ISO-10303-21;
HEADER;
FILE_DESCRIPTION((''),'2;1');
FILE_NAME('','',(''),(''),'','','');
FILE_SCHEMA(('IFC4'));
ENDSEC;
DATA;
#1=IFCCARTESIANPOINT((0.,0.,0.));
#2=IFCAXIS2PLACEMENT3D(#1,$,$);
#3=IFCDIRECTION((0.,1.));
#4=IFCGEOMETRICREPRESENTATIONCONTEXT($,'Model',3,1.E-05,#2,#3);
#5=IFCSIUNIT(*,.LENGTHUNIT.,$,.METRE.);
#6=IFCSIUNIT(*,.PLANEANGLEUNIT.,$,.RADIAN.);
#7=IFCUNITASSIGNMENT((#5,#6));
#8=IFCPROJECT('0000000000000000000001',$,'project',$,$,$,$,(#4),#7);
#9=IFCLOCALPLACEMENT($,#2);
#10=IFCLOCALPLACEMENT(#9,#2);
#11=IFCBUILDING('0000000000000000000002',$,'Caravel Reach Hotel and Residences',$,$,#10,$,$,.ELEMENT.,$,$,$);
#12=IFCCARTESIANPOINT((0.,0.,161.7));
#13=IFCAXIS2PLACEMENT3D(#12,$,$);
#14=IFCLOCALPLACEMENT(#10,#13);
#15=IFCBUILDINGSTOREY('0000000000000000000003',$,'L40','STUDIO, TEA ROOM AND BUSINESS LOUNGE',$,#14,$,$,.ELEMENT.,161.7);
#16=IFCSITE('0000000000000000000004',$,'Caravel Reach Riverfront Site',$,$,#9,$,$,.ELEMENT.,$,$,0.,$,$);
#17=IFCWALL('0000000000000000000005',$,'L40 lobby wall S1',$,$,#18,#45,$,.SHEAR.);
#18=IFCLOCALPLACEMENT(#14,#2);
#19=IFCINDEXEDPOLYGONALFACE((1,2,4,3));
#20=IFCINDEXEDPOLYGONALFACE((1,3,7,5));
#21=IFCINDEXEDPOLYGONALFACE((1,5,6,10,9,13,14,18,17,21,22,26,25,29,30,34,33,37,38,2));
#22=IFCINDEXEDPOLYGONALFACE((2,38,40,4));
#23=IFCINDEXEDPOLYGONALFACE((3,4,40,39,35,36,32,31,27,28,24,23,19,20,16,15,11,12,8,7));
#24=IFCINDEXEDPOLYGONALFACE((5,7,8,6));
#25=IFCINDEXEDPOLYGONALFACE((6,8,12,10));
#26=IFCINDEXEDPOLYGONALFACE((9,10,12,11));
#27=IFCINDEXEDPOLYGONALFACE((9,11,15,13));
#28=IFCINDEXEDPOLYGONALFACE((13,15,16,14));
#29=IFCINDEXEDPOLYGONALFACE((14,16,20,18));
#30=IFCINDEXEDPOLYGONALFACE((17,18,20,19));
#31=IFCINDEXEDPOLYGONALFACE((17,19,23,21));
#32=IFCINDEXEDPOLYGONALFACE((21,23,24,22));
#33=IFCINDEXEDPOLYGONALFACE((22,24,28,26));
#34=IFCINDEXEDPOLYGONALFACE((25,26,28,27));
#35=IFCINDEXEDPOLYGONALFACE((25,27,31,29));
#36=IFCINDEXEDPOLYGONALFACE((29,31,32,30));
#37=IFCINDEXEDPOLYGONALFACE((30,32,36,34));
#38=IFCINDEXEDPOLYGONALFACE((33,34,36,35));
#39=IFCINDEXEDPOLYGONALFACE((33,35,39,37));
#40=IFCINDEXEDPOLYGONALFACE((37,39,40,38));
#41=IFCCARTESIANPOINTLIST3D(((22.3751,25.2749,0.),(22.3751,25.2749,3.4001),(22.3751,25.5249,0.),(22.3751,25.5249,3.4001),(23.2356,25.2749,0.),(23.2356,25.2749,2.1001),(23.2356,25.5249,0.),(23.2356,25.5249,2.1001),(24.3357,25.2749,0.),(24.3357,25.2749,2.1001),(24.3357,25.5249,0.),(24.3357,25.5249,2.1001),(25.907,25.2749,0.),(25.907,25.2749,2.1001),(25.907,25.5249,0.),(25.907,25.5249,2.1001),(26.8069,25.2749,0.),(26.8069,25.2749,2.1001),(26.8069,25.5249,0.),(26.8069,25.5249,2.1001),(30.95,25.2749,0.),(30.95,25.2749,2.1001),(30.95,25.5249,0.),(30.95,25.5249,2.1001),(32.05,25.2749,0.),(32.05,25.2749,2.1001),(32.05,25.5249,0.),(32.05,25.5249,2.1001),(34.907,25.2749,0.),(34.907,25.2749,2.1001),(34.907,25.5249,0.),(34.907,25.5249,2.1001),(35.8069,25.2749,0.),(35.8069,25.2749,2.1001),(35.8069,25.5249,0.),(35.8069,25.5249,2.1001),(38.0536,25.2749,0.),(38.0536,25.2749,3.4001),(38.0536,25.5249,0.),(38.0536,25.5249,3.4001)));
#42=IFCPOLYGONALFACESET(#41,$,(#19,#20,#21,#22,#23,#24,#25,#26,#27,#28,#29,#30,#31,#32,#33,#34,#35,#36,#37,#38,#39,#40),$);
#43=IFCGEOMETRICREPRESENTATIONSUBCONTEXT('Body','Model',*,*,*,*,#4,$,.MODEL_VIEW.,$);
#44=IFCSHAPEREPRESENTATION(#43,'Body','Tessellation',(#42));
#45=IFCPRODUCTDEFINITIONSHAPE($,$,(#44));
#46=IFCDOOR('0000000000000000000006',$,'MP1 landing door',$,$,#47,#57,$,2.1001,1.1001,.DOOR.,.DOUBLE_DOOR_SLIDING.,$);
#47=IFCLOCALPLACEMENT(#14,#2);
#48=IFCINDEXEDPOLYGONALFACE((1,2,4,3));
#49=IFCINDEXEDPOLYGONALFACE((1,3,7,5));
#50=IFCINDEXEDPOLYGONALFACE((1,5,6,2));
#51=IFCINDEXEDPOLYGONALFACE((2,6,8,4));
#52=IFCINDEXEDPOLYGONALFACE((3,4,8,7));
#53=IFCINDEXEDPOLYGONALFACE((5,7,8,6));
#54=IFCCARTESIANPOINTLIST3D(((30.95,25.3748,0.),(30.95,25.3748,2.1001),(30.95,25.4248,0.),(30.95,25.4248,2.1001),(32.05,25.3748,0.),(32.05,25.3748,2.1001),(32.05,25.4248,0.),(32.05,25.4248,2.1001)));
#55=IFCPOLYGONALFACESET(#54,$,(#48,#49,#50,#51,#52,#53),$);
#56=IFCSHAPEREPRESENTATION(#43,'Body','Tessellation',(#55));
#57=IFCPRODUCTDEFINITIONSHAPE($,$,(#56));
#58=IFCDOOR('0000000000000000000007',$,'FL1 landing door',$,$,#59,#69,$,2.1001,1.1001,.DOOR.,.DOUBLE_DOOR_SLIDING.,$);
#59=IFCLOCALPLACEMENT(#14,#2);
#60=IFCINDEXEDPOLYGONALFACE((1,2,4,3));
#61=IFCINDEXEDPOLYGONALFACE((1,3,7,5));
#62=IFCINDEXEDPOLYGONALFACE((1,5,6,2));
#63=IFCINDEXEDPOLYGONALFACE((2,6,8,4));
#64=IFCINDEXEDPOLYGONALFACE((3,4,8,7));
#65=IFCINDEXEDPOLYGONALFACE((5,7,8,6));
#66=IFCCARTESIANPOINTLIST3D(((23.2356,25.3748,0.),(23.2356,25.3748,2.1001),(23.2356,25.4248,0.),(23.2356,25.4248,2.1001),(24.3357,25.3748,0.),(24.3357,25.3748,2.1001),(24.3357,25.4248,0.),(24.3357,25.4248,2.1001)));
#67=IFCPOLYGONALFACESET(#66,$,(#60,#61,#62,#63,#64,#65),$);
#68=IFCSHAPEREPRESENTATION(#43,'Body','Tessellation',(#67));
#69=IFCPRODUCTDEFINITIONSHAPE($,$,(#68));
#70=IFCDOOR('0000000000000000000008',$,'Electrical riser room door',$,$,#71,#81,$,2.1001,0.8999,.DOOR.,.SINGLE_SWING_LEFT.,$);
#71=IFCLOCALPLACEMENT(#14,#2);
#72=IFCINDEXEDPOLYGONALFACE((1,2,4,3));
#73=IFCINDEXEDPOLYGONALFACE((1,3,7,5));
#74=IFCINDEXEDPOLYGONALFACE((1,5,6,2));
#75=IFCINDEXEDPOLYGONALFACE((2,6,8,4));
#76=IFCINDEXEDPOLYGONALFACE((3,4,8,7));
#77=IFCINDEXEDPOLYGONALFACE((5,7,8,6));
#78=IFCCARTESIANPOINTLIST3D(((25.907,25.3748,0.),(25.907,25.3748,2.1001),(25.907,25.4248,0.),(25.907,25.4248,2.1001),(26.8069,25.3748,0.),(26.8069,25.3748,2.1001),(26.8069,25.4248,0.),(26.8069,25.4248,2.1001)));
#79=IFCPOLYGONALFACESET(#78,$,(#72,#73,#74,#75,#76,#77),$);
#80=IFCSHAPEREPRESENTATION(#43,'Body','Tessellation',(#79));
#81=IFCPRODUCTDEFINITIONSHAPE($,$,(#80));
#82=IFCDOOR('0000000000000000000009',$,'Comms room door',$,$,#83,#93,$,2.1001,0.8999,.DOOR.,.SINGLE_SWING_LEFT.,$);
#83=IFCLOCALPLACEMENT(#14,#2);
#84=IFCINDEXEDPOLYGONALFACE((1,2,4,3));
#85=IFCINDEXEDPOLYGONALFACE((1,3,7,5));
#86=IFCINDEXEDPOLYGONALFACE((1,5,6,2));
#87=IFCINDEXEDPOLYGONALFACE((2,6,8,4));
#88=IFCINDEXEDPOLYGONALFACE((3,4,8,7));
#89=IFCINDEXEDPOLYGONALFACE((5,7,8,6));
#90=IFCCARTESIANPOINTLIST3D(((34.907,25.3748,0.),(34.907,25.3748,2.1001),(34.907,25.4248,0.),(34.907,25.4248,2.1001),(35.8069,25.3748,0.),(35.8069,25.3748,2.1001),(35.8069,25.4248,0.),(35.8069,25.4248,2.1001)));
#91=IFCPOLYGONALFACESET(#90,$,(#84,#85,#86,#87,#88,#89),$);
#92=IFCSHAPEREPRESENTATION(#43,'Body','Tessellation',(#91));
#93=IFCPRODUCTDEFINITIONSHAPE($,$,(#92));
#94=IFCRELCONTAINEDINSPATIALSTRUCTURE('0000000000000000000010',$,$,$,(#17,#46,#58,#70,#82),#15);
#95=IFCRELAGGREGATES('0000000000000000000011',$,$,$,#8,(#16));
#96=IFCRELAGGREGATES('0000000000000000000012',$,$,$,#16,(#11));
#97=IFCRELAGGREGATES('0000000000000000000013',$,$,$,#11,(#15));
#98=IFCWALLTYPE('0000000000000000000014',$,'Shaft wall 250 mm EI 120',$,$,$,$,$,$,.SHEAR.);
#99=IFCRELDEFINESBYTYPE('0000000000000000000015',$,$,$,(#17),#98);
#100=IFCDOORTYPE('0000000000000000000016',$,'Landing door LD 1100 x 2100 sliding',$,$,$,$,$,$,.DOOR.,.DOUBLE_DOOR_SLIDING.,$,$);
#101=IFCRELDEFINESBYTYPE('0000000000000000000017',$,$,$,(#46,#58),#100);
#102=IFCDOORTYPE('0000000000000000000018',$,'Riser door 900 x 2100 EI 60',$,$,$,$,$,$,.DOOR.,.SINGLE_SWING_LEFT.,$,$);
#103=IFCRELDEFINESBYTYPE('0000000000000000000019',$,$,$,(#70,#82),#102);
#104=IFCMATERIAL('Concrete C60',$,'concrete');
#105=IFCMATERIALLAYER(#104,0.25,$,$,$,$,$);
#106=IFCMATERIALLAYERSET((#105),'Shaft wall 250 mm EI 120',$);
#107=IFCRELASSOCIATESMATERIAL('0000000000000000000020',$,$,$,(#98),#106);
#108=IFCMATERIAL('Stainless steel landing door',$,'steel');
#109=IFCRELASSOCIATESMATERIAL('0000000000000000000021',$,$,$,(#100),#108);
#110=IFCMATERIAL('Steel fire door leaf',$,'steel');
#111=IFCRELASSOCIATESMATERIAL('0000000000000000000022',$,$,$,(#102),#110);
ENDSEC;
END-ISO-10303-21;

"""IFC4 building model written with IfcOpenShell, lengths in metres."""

from ifc_helpers import new_model, si_unit, direction, frame, frame_2d, origin, place, context, subcontext, project, spatial, rectangle, extrude, material, layer, layer_set, type_object, element, fill, save


model = new_model("IFC4")

# Units and contexts
model_context = context("Model", 3, precision=1e-05, world=origin(), true_north=direction((0.0, 1.0)))
body_context = subcontext(model_context, "Body", "Model", "MODEL_VIEW")
ifc_project = project(units=[si_unit("LENGTHUNIT", "METRE"), si_unit("PLANEANGLEUNIT", "RADIAN")], contexts=[model_context])

# Site, building, storey
site_placement = place(None, origin())
site = spatial("IfcSite", under=ifc_project, at=site_placement, Name="Caravel Reach Riverfront Site", CompositionType="ELEMENT", RefElevation=0.0)
building_placement = place(site_placement, origin())
building = spatial("IfcBuilding", under=site, at=building_placement, Name="Caravel Reach Hotel and Residences", CompositionType="ELEMENT")
storey_placement = place(building_placement, frame((0.0, 0.0, 161.7)))
storey = spatial("IfcBuildingStorey", under=building, at=storey_placement, Name="L40", Description="STUDIO, TEA ROOM AND BUSINESS LOUNGE", CompositionType="ELEMENT", Elevation=161.7)

# Wall, openings, doors
ifc_material_1 = material(Name="Concrete C60", Category="concrete")
ifc_layer_1 = layer(ifc_material_1, 0.25)
ifc_layer_set_1 = layer_set([ifc_layer_1], Name="Shaft wall 250 mm EI 120")
wall_type_1 = type_object("IfcWallType", Name="Shaft wall 250 mm EI 120", PredefinedType="SHEAR", material=ifc_layer_set_1)
wall_1_placement = place(storey_placement, frame((22.375, 25.3999, 0.0), z_axis=(0.0, 0.0, 1.0), x_axis=(1.0, 0.0, 0.0)))
wall_1 = element("IfcWall", 1, at=wall_1_placement, inside=storey, type_object=wall_type_1, Name="L40 lobby wall S1", PredefinedType="SHEAR", context=body_context, shape_type="SweptSolid", body=[
    extrude(rectangle(XDim=15.6785, YDim=0.25, at=frame_2d((7.8394, 0.0))), origin(), (0.0, 0.0, 1.0), 3.4001),
])
opening_1_placement = place(wall_1_placement, frame((8.575, 0.0, 0.0)))
opening_1 = element("IfcOpeningElement", 2, at=opening_1_placement, cuts=wall_1, PredefinedType="OPENING", context=body_context, shape_type="SweptSolid", body=[
    extrude(rectangle(XDim=1.1001, YDim=2.1001, at=frame_2d((0.55, 1.05))), frame((0.0, 0.135, 0.0), z_axis=(0.0, -1.0, 0.0), x_axis=(1.0, 0.0, 0.0)), (0.0, 0.0, 1.0), 0.27),
])
opening_2_placement = place(wall_1_placement, frame((0.8606, 0.0, 0.0)))
opening_2 = element("IfcOpeningElement", 3, at=opening_2_placement, cuts=wall_1, PredefinedType="OPENING", context=body_context, shape_type="SweptSolid", body=[
    extrude(rectangle(XDim=1.1001, YDim=2.1001, at=frame_2d((0.55, 1.05))), frame((0.0, 0.135, 0.0), z_axis=(0.0, -1.0, 0.0), x_axis=(1.0, 0.0, 0.0)), (0.0, 0.0, 1.0), 0.27),
])
opening_3_placement = place(wall_1_placement, frame((3.532, 0.0, 0.0)))
opening_3 = element("IfcOpeningElement", 4, at=opening_3_placement, cuts=wall_1, PredefinedType="OPENING", context=body_context, shape_type="SweptSolid", body=[
    extrude(rectangle(XDim=0.8999, YDim=2.1001, at=frame_2d((0.45, 1.05))), frame((0.0, 0.135, 0.0), z_axis=(0.0, -1.0, 0.0), x_axis=(1.0, 0.0, 0.0)), (0.0, 0.0, 1.0), 0.27),
])
opening_4_placement = place(wall_1_placement, frame((12.532, 0.0, 0.0)))
opening_4 = element("IfcOpeningElement", 5, at=opening_4_placement, cuts=wall_1, PredefinedType="OPENING", context=body_context, shape_type="SweptSolid", body=[
    extrude(rectangle(XDim=0.8999, YDim=2.1001, at=frame_2d((0.45, 1.05))), frame((0.0, 0.135, 0.0), z_axis=(0.0, -1.0, 0.0), x_axis=(1.0, 0.0, 0.0)), (0.0, 0.0, 1.0), 0.27),
])
ifc_material_2 = material(Name="Stainless steel landing door", Category="steel")
door_type_1 = type_object("IfcDoorType", Name="Landing door LD 1100 x 2100 sliding", OperationType="DOUBLE_DOOR_SLIDING", PredefinedType="DOOR", material=ifc_material_2)
door_1_placement = place(opening_1_placement, origin())
door_1 = element("IfcDoor", 6, at=door_1_placement, inside=storey, type_object=door_type_1, Name="MP1 landing door", OperationType="DOUBLE_DOOR_SLIDING", OverallHeight=2.1001, OverallWidth=1.1001, PredefinedType="DOOR", context=body_context, shape_type="SweptSolid", body=[
    extrude(rectangle(XDim=1.1001, YDim=2.1001, at=frame_2d((0.55, 1.05))), frame((0.0, 0.0249, 0.0), z_axis=(0.0, -1.0, 0.0), x_axis=(1.0, 0.0, 0.0)), (0.0, 0.0, 1.0), 0.05),
])
fill(opening_1, door_1)
door_2_placement = place(opening_2_placement, origin())
door_2 = element("IfcDoor", 7, at=door_2_placement, inside=storey, type_object=door_type_1, Name="FL1 landing door", OperationType="DOUBLE_DOOR_SLIDING", OverallHeight=2.1001, OverallWidth=1.1001, PredefinedType="DOOR", context=body_context, shape_type="SweptSolid", body=[
    extrude(rectangle(XDim=1.1001, YDim=2.1001, at=frame_2d((0.55, 1.05))), frame((0.0, 0.0249, 0.0), z_axis=(0.0, -1.0, 0.0), x_axis=(1.0, 0.0, 0.0)), (0.0, 0.0, 1.0), 0.05),
])
fill(opening_2, door_2)
ifc_material_3 = material(Name="Steel fire door leaf", Category="steel")
door_type_2 = type_object("IfcDoorType", Name="Riser door 900 x 2100 EI 60", OperationType="SINGLE_SWING_LEFT", PredefinedType="DOOR", material=ifc_material_3)
door_3_placement = place(opening_3_placement, origin())
door_3 = element("IfcDoor", 8, at=door_3_placement, inside=storey, type_object=door_type_2, Name="Electrical riser room door", OperationType="SINGLE_SWING_LEFT", OverallHeight=2.1001, OverallWidth=0.8999, PredefinedType="DOOR", context=body_context, shape_type="SweptSolid", body=[
    extrude(rectangle(XDim=0.8999, YDim=2.1001, at=frame_2d((0.45, 1.05))), frame((0.0, 0.0249, 0.0), z_axis=(0.0, -1.0, 0.0), x_axis=(1.0, 0.0, 0.0)), (0.0, 0.0, 1.0), 0.05),
])
fill(opening_3, door_3)
door_4_placement = place(opening_4_placement, origin())
door_4 = element("IfcDoor", 9, at=door_4_placement, inside=storey, type_object=door_type_2, Name="Comms room door", OperationType="SINGLE_SWING_LEFT", OverallHeight=2.1001, OverallWidth=0.8999, PredefinedType="DOOR", context=body_context, shape_type="SweptSolid", body=[
    extrude(rectangle(XDim=0.8999, YDim=2.1001, at=frame_2d((0.45, 1.05))), frame((0.0, 0.0249, 0.0), z_axis=(0.0, -1.0, 0.0), x_axis=(1.0, 0.0, 0.0)), (0.0, 0.0, 1.0), 0.05),
])
fill(opening_4, door_4)

save(model, "model.ifc")
